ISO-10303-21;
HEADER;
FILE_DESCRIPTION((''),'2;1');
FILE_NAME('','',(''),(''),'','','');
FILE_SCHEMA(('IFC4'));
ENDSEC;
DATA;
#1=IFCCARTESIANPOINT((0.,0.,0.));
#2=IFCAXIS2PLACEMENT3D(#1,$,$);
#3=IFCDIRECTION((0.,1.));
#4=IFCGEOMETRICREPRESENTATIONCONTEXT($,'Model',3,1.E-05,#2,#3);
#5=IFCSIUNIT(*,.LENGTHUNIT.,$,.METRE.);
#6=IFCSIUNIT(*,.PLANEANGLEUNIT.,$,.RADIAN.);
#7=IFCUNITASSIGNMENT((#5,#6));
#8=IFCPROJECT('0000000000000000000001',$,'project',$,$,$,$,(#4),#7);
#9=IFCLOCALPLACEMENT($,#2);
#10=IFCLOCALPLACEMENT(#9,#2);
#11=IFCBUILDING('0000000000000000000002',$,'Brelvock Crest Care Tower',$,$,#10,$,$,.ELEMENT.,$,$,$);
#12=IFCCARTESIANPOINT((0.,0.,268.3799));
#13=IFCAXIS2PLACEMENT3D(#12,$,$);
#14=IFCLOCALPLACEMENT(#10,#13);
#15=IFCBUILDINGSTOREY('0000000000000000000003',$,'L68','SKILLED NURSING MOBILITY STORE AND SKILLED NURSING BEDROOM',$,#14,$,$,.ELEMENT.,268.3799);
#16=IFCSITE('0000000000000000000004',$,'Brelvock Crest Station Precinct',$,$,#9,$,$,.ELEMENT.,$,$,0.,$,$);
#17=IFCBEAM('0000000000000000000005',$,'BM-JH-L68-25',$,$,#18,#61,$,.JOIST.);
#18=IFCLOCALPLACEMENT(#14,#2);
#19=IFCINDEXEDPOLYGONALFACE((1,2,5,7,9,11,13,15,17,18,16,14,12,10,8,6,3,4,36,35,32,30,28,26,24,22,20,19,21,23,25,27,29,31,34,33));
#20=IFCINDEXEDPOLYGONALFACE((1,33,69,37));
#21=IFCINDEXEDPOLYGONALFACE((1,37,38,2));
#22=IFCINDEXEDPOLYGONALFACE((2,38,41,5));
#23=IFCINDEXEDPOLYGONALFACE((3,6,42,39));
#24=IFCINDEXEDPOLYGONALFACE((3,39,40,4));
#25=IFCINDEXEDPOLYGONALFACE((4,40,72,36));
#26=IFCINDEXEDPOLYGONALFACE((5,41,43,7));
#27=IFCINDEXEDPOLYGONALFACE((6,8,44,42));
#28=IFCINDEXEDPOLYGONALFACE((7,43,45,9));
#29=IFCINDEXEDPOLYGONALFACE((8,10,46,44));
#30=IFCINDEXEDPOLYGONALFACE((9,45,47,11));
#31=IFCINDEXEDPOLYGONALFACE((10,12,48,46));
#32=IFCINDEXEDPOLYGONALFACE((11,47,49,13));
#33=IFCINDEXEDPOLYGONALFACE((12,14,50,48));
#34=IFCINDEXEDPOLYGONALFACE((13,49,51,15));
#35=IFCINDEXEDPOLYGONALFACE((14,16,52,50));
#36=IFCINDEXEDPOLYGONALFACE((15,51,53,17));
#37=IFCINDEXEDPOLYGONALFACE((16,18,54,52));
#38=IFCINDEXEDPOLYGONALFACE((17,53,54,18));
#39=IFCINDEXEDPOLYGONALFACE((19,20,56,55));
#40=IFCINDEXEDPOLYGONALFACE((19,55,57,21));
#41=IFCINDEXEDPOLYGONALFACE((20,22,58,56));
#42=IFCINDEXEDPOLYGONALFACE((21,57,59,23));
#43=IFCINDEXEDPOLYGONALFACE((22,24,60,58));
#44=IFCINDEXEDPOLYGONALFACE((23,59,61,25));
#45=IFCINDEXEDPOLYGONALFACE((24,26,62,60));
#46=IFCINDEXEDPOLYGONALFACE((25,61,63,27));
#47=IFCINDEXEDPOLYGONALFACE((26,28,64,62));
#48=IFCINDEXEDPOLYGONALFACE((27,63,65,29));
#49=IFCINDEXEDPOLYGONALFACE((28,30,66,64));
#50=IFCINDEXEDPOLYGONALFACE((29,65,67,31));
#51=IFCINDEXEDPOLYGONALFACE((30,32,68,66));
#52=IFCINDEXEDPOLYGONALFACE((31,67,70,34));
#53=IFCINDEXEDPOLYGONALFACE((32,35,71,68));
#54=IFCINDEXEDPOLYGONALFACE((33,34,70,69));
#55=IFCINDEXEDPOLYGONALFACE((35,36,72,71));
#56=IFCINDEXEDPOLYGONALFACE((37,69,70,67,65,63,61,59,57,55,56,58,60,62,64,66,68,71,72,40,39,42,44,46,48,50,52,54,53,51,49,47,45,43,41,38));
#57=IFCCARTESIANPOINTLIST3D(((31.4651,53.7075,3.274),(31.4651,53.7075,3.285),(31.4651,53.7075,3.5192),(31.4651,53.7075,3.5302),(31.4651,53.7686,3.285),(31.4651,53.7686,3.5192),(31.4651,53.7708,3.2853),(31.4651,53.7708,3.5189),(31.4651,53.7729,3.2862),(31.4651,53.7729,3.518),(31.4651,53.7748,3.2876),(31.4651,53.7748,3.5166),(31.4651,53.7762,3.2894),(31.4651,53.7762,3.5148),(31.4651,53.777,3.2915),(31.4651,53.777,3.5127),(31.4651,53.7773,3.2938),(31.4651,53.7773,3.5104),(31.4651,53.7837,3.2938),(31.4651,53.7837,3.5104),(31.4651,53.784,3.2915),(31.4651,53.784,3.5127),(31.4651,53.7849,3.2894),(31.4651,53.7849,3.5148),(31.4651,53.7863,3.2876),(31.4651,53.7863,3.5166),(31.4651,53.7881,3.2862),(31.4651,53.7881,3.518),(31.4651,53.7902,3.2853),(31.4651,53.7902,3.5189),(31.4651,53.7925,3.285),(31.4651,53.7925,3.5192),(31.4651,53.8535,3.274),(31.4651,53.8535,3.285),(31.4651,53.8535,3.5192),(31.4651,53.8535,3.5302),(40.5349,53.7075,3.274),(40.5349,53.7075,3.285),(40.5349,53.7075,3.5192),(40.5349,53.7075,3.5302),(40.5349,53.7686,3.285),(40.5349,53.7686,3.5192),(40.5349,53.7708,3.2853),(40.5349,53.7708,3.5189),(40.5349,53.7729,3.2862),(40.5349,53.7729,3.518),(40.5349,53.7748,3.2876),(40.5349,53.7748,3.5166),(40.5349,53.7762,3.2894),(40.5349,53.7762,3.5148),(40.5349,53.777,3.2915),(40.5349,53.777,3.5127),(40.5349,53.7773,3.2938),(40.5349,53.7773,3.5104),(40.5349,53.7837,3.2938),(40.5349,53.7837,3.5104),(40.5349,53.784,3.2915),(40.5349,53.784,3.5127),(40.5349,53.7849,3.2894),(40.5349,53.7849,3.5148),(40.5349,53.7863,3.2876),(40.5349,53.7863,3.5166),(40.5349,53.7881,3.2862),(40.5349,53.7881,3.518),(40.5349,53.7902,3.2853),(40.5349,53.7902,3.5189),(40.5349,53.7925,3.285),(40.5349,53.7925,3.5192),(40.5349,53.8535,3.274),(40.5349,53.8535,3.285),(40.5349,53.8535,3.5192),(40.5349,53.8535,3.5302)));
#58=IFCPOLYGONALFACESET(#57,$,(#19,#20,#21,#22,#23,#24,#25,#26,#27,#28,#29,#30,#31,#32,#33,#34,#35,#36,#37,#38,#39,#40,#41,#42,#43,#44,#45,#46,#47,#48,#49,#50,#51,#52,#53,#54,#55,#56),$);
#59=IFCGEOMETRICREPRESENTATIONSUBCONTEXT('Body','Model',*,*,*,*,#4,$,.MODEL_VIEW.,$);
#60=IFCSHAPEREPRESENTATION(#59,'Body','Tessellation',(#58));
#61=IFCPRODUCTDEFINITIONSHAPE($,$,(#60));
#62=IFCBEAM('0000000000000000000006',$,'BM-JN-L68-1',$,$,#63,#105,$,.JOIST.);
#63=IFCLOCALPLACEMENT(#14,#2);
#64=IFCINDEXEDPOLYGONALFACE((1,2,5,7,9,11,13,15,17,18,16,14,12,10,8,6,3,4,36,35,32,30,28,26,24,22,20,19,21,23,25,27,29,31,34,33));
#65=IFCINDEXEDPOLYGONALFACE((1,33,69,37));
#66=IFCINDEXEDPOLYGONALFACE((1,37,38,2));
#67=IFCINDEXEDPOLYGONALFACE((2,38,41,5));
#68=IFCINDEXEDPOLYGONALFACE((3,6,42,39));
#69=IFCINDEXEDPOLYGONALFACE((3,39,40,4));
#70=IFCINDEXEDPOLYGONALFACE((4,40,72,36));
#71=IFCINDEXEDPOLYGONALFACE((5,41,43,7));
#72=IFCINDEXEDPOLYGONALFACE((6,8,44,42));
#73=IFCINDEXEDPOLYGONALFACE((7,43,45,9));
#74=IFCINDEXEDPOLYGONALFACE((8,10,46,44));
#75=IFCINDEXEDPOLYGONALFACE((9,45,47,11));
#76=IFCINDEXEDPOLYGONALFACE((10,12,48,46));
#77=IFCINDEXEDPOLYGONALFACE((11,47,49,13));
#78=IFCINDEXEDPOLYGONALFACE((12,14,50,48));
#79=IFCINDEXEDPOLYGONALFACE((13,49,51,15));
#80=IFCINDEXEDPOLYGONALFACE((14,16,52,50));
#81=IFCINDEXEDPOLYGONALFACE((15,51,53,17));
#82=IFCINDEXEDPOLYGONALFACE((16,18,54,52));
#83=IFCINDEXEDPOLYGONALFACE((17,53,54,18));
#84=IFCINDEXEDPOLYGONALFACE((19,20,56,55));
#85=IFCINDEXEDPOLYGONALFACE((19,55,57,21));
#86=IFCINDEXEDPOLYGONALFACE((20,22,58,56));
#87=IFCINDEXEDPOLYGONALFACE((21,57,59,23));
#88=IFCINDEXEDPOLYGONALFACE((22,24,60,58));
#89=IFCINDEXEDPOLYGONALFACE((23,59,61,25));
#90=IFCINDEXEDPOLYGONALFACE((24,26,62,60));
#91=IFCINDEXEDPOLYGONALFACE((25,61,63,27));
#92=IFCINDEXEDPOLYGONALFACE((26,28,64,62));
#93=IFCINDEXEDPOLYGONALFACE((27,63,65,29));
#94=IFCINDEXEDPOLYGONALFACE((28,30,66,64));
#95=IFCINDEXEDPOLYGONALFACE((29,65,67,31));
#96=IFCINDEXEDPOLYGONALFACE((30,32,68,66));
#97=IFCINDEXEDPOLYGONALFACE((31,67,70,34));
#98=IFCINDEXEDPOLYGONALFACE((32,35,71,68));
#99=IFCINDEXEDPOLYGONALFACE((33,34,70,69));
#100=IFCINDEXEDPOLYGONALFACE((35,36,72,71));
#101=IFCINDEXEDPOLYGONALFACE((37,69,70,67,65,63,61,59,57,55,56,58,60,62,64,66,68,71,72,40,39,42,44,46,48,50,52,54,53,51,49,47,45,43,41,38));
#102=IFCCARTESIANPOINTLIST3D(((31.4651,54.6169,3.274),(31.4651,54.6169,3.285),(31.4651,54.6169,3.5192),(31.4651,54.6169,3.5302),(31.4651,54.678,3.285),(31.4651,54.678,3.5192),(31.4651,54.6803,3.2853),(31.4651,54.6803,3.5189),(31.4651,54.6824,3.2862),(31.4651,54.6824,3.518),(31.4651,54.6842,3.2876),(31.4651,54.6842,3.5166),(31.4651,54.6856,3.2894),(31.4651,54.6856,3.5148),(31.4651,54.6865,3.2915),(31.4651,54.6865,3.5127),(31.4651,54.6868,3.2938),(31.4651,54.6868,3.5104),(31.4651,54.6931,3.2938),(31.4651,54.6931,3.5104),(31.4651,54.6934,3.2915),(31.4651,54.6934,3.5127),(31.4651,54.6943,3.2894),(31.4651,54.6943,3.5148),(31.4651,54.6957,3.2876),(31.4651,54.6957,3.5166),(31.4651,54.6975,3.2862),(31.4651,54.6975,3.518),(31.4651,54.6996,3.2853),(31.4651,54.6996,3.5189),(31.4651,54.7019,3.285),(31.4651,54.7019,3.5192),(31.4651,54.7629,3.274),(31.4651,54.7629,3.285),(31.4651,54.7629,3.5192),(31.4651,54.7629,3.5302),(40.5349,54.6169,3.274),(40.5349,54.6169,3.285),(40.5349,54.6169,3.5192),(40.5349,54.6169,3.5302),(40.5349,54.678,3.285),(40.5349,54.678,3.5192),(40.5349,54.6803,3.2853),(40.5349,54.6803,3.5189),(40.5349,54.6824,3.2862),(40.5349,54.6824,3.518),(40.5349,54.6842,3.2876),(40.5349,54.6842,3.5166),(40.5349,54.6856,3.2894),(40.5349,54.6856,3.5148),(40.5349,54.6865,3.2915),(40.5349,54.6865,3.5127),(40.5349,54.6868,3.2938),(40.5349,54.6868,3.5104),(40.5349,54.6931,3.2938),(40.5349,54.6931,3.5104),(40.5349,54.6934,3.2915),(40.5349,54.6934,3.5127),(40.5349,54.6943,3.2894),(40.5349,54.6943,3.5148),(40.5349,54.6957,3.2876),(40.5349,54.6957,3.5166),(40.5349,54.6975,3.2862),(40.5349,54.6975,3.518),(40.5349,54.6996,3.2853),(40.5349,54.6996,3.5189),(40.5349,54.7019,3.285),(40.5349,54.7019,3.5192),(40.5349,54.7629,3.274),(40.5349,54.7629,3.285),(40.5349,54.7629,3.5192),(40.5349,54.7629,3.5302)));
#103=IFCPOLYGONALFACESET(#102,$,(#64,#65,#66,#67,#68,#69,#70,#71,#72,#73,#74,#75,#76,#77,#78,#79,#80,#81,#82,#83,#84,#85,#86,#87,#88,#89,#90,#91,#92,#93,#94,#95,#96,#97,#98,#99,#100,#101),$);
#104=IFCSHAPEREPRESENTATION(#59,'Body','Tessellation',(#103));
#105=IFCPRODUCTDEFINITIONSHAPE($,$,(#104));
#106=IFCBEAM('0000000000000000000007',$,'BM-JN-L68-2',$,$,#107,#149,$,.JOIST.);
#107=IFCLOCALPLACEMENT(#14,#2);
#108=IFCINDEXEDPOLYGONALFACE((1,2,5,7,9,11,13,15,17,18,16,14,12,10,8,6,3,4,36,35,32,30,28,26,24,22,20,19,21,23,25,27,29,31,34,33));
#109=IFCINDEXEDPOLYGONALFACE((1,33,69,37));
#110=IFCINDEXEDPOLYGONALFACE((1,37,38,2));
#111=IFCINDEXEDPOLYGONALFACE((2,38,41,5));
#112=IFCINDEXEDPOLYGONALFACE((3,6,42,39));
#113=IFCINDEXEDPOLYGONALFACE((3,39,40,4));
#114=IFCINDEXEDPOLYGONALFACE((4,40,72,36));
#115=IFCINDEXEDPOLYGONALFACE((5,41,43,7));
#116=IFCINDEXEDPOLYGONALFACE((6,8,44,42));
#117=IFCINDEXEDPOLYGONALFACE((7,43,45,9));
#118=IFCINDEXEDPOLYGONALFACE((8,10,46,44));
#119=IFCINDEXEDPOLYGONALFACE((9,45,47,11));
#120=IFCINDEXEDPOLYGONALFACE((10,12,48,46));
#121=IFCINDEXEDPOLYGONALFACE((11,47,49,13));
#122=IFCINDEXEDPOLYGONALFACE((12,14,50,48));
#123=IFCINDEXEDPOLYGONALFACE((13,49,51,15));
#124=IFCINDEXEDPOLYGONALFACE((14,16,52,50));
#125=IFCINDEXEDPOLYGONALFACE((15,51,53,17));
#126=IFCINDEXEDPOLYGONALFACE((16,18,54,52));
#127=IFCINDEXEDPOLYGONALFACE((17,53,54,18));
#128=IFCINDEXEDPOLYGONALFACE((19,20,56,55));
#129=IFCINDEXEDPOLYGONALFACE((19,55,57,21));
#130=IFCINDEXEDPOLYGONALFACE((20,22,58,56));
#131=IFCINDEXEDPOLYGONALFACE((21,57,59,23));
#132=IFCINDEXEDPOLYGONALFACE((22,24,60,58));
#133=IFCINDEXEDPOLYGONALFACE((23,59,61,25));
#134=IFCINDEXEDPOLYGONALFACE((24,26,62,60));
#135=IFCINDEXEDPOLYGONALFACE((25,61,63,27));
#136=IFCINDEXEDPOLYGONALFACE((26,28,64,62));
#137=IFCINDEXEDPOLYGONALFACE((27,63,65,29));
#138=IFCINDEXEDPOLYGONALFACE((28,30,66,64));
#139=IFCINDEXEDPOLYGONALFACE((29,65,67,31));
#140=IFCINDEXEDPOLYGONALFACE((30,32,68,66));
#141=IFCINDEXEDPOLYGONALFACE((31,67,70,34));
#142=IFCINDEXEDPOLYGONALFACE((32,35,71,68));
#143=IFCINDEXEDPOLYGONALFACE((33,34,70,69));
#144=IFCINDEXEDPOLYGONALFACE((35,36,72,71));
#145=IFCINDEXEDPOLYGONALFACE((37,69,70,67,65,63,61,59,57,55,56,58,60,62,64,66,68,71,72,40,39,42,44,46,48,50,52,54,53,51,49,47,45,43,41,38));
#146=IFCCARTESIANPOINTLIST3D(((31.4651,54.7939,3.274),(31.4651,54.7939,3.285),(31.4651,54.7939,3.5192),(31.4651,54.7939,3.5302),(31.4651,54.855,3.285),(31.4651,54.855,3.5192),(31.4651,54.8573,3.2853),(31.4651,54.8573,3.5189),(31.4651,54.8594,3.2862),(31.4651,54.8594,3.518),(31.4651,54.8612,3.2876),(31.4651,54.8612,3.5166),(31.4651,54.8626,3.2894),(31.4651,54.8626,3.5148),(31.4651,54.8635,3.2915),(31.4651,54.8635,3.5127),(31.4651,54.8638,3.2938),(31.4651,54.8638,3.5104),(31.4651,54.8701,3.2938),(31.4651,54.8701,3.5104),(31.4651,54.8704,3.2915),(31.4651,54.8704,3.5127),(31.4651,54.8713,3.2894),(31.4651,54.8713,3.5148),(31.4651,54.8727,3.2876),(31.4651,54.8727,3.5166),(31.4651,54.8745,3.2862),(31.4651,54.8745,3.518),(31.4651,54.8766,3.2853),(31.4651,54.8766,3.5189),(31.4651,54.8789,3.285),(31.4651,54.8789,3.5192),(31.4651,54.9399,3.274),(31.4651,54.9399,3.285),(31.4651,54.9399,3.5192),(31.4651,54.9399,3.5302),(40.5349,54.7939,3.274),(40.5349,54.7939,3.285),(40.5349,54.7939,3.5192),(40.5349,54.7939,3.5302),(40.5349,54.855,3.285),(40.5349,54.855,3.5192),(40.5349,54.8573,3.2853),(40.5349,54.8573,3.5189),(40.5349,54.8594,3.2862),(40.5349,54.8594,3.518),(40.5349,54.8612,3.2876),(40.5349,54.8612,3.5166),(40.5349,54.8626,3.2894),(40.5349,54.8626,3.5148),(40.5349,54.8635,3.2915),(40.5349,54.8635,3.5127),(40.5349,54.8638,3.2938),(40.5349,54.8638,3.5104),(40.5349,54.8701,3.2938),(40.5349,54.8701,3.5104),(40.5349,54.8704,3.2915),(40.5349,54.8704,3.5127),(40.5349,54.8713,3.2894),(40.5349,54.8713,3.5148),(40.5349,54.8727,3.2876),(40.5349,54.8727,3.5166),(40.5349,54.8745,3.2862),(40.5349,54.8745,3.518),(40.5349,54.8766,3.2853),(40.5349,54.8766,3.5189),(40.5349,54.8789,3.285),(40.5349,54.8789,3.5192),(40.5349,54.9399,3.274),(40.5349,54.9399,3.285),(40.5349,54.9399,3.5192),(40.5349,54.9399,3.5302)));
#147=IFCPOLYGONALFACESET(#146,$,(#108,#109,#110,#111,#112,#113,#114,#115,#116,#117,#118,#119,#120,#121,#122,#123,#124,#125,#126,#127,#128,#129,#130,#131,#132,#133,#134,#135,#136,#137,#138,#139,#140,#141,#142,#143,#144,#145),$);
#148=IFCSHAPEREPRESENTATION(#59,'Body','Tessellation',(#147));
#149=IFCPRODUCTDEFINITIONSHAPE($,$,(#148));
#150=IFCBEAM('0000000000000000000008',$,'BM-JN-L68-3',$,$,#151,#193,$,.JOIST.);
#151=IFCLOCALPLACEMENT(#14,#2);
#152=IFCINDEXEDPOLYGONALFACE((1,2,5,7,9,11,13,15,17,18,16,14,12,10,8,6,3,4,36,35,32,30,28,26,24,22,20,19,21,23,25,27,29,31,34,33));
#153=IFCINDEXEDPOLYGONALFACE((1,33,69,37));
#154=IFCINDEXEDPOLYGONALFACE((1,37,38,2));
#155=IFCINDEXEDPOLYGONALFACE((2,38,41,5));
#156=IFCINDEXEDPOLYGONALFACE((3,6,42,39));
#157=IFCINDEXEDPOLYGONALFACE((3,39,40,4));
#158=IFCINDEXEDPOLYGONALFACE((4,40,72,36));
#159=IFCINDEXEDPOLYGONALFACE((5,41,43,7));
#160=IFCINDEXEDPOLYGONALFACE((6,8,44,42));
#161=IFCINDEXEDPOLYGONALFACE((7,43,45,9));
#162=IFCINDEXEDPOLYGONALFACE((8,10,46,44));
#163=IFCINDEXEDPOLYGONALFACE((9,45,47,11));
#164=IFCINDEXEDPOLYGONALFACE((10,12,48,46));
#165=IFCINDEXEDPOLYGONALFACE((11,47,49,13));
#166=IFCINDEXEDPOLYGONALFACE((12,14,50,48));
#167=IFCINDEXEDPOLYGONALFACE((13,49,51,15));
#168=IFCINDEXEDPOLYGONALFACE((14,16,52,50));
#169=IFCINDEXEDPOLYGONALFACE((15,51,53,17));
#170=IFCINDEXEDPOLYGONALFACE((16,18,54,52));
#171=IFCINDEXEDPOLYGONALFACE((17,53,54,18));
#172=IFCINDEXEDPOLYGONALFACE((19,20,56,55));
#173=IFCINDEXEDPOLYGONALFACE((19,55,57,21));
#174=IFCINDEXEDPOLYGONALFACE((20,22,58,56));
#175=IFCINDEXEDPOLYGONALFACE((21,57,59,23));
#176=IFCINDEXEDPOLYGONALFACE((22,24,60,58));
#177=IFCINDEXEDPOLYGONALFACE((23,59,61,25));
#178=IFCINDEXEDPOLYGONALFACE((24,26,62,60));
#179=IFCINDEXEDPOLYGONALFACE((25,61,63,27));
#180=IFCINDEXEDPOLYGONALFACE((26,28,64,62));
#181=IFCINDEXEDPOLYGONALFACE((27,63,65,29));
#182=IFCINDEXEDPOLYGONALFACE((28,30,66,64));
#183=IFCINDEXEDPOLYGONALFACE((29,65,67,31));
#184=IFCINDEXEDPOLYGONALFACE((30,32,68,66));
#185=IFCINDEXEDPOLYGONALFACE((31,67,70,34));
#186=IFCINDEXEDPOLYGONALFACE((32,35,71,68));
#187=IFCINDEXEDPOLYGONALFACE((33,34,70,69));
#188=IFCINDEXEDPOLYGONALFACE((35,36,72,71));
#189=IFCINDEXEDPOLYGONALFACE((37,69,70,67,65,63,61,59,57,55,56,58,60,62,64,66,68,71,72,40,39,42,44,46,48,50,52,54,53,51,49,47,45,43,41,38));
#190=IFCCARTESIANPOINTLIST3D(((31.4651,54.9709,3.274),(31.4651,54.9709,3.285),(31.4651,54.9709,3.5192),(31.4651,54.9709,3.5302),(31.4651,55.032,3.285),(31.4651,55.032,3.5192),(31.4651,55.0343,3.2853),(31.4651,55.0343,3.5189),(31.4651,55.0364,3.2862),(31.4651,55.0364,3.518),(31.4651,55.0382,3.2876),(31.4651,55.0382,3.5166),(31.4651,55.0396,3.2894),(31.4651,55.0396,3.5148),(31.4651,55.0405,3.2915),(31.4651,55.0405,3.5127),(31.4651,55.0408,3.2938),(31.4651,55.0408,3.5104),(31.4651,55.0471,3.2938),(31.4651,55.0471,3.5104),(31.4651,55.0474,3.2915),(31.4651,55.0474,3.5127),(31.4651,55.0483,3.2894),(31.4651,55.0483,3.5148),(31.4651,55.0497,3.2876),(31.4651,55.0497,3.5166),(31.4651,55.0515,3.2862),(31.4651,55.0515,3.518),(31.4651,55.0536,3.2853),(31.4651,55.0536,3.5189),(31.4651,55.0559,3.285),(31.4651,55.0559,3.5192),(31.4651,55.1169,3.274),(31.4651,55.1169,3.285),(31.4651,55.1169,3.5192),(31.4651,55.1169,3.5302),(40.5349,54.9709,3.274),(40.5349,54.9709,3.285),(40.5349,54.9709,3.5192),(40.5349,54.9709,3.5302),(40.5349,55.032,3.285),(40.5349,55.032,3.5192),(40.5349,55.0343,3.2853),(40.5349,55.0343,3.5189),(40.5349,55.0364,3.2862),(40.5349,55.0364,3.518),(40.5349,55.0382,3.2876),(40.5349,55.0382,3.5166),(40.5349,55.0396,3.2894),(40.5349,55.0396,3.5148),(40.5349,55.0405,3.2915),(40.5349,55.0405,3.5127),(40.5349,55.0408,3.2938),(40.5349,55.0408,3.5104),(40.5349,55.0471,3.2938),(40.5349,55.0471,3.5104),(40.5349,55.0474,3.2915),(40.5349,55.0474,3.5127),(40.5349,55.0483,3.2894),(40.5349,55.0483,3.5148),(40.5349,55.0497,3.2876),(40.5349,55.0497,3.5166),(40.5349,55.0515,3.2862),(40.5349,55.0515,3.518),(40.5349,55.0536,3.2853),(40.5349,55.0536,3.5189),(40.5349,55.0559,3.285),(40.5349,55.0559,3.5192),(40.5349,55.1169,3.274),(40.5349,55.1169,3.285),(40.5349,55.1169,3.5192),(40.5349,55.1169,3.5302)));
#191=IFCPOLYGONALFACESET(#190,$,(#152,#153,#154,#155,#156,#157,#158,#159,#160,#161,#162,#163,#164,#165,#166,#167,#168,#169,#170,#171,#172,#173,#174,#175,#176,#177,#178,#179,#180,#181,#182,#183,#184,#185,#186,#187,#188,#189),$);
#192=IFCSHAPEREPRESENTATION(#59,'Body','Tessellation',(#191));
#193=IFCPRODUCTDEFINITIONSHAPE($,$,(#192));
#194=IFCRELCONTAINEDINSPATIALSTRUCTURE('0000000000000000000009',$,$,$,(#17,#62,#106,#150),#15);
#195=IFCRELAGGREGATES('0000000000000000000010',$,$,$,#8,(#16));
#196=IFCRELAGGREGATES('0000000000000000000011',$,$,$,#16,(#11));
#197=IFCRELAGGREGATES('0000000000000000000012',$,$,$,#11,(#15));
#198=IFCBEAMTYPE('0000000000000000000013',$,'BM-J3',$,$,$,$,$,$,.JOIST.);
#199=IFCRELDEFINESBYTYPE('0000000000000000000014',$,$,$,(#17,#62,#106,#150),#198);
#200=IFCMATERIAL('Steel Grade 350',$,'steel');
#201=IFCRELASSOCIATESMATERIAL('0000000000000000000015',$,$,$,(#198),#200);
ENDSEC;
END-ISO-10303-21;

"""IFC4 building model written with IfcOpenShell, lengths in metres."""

from ifc_helpers import new_model, si_unit, direction, frame, origin, origin_2d, place, context, subcontext, project, spatial, i_section, extrude, source, transform, mapped, material, material_profile, profile_set, type_object, element, save


model = new_model("IFC4")

# Units and contexts
model_context = context("Model", 3, precision=1e-05, world=origin(), true_north=direction((0.0, 1.0)))
body_context = subcontext(model_context, "Body", "Model", "MODEL_VIEW")
ifc_project = project(units=[si_unit("LENGTHUNIT", "METRE"), si_unit("PLANEANGLEUNIT", "RADIAN")], contexts=[model_context])

# Site, building, storey
site_placement = place(None, origin())
site = spatial("IfcSite", under=ifc_project, at=site_placement, Name="Brelvock Crest Station Precinct", CompositionType="ELEMENT", RefElevation=0.0)
building_placement = place(site_placement, origin())
building = spatial("IfcBuilding", under=site, at=building_placement, Name="Brelvock Crest Care Tower", CompositionType="ELEMENT")
storey_placement = place(building_placement, frame((0.0, 0.0, 268.3799)))
storey = spatial("IfcBuildingStorey", under=building, at=storey_placement, Name="L68", Description="SKILLED NURSING MOBILITY STORE AND SKILLED NURSING BEDROOM", CompositionType="ELEMENT", Elevation=268.3799)

# Shared definitions
ifc_material_1 = material(Name="Steel Grade 350", Category="steel")

# Beams
ifc_material_profile_1 = material_profile(ifc_material_1, i_section(OverallWidth=0.146, OverallDepth=0.2561, WebThickness=0.0063, FlangeThickness=0.011, FilletRadius=0.0088, at=origin_2d()), Name="250UB37.3")
ifc_profile_set_1 = profile_set([ifc_material_profile_1], Name="Steel Grade 350")
beam_type_1 = type_object("IfcBeamType", Name="BM-J3", PredefinedType="JOIST", material=ifc_profile_set_1)
shared_shape_1 = source(origin(), body_context, "Body", "SweptSolid", [
    extrude(i_section(OverallWidth=0.146, OverallDepth=0.2561, WebThickness=0.0063, FlangeThickness=0.011, FilletRadius=0.0088, at=origin_2d()), origin(), (0.0, 0.0, 1.0), 9.0698),
])
for number, where, z_axis, x_axis, name in (
    (1, (31.4651, 53.7805, 3.4021), (1.0, 0.0, 0.0), (0.0, 1.0, 0.0), "BM-JH-L68-25"),
    (2, (31.4651, 54.6899, 3.4021), (1.0, 0.0, 0.0), (0.0, 1.0, 0.0), "BM-JN-L68-1"),
    (3, (31.4651, 54.8669, 3.4021), (1.0, 0.0, 0.0), (0.0, 1.0, 0.0), "BM-JN-L68-2"),
    (4, (31.4651, 55.0439, 3.4021), (1.0, 0.0, 0.0), (0.0, 1.0, 0.0), "BM-JN-L68-3"),
):
    element("IfcBeam", number, at=place(storey_placement, frame(where, z_axis=z_axis, x_axis=x_axis)), inside=storey, type_object=beam_type_1, Name=name, PredefinedType="JOIST", context=body_context, shape_type="MappedRepresentation", body=[
        mapped(shared_shape_1, transform((0.0, 0.0, 0.0), x_axis=(1.0, 0.0, 0.0), y_axis=(0.0, 1.0, 0.0), z_axis=(0.0, 0.0, 1.0), scale=1.0)),
    ])

save(model, "model.ifc")
